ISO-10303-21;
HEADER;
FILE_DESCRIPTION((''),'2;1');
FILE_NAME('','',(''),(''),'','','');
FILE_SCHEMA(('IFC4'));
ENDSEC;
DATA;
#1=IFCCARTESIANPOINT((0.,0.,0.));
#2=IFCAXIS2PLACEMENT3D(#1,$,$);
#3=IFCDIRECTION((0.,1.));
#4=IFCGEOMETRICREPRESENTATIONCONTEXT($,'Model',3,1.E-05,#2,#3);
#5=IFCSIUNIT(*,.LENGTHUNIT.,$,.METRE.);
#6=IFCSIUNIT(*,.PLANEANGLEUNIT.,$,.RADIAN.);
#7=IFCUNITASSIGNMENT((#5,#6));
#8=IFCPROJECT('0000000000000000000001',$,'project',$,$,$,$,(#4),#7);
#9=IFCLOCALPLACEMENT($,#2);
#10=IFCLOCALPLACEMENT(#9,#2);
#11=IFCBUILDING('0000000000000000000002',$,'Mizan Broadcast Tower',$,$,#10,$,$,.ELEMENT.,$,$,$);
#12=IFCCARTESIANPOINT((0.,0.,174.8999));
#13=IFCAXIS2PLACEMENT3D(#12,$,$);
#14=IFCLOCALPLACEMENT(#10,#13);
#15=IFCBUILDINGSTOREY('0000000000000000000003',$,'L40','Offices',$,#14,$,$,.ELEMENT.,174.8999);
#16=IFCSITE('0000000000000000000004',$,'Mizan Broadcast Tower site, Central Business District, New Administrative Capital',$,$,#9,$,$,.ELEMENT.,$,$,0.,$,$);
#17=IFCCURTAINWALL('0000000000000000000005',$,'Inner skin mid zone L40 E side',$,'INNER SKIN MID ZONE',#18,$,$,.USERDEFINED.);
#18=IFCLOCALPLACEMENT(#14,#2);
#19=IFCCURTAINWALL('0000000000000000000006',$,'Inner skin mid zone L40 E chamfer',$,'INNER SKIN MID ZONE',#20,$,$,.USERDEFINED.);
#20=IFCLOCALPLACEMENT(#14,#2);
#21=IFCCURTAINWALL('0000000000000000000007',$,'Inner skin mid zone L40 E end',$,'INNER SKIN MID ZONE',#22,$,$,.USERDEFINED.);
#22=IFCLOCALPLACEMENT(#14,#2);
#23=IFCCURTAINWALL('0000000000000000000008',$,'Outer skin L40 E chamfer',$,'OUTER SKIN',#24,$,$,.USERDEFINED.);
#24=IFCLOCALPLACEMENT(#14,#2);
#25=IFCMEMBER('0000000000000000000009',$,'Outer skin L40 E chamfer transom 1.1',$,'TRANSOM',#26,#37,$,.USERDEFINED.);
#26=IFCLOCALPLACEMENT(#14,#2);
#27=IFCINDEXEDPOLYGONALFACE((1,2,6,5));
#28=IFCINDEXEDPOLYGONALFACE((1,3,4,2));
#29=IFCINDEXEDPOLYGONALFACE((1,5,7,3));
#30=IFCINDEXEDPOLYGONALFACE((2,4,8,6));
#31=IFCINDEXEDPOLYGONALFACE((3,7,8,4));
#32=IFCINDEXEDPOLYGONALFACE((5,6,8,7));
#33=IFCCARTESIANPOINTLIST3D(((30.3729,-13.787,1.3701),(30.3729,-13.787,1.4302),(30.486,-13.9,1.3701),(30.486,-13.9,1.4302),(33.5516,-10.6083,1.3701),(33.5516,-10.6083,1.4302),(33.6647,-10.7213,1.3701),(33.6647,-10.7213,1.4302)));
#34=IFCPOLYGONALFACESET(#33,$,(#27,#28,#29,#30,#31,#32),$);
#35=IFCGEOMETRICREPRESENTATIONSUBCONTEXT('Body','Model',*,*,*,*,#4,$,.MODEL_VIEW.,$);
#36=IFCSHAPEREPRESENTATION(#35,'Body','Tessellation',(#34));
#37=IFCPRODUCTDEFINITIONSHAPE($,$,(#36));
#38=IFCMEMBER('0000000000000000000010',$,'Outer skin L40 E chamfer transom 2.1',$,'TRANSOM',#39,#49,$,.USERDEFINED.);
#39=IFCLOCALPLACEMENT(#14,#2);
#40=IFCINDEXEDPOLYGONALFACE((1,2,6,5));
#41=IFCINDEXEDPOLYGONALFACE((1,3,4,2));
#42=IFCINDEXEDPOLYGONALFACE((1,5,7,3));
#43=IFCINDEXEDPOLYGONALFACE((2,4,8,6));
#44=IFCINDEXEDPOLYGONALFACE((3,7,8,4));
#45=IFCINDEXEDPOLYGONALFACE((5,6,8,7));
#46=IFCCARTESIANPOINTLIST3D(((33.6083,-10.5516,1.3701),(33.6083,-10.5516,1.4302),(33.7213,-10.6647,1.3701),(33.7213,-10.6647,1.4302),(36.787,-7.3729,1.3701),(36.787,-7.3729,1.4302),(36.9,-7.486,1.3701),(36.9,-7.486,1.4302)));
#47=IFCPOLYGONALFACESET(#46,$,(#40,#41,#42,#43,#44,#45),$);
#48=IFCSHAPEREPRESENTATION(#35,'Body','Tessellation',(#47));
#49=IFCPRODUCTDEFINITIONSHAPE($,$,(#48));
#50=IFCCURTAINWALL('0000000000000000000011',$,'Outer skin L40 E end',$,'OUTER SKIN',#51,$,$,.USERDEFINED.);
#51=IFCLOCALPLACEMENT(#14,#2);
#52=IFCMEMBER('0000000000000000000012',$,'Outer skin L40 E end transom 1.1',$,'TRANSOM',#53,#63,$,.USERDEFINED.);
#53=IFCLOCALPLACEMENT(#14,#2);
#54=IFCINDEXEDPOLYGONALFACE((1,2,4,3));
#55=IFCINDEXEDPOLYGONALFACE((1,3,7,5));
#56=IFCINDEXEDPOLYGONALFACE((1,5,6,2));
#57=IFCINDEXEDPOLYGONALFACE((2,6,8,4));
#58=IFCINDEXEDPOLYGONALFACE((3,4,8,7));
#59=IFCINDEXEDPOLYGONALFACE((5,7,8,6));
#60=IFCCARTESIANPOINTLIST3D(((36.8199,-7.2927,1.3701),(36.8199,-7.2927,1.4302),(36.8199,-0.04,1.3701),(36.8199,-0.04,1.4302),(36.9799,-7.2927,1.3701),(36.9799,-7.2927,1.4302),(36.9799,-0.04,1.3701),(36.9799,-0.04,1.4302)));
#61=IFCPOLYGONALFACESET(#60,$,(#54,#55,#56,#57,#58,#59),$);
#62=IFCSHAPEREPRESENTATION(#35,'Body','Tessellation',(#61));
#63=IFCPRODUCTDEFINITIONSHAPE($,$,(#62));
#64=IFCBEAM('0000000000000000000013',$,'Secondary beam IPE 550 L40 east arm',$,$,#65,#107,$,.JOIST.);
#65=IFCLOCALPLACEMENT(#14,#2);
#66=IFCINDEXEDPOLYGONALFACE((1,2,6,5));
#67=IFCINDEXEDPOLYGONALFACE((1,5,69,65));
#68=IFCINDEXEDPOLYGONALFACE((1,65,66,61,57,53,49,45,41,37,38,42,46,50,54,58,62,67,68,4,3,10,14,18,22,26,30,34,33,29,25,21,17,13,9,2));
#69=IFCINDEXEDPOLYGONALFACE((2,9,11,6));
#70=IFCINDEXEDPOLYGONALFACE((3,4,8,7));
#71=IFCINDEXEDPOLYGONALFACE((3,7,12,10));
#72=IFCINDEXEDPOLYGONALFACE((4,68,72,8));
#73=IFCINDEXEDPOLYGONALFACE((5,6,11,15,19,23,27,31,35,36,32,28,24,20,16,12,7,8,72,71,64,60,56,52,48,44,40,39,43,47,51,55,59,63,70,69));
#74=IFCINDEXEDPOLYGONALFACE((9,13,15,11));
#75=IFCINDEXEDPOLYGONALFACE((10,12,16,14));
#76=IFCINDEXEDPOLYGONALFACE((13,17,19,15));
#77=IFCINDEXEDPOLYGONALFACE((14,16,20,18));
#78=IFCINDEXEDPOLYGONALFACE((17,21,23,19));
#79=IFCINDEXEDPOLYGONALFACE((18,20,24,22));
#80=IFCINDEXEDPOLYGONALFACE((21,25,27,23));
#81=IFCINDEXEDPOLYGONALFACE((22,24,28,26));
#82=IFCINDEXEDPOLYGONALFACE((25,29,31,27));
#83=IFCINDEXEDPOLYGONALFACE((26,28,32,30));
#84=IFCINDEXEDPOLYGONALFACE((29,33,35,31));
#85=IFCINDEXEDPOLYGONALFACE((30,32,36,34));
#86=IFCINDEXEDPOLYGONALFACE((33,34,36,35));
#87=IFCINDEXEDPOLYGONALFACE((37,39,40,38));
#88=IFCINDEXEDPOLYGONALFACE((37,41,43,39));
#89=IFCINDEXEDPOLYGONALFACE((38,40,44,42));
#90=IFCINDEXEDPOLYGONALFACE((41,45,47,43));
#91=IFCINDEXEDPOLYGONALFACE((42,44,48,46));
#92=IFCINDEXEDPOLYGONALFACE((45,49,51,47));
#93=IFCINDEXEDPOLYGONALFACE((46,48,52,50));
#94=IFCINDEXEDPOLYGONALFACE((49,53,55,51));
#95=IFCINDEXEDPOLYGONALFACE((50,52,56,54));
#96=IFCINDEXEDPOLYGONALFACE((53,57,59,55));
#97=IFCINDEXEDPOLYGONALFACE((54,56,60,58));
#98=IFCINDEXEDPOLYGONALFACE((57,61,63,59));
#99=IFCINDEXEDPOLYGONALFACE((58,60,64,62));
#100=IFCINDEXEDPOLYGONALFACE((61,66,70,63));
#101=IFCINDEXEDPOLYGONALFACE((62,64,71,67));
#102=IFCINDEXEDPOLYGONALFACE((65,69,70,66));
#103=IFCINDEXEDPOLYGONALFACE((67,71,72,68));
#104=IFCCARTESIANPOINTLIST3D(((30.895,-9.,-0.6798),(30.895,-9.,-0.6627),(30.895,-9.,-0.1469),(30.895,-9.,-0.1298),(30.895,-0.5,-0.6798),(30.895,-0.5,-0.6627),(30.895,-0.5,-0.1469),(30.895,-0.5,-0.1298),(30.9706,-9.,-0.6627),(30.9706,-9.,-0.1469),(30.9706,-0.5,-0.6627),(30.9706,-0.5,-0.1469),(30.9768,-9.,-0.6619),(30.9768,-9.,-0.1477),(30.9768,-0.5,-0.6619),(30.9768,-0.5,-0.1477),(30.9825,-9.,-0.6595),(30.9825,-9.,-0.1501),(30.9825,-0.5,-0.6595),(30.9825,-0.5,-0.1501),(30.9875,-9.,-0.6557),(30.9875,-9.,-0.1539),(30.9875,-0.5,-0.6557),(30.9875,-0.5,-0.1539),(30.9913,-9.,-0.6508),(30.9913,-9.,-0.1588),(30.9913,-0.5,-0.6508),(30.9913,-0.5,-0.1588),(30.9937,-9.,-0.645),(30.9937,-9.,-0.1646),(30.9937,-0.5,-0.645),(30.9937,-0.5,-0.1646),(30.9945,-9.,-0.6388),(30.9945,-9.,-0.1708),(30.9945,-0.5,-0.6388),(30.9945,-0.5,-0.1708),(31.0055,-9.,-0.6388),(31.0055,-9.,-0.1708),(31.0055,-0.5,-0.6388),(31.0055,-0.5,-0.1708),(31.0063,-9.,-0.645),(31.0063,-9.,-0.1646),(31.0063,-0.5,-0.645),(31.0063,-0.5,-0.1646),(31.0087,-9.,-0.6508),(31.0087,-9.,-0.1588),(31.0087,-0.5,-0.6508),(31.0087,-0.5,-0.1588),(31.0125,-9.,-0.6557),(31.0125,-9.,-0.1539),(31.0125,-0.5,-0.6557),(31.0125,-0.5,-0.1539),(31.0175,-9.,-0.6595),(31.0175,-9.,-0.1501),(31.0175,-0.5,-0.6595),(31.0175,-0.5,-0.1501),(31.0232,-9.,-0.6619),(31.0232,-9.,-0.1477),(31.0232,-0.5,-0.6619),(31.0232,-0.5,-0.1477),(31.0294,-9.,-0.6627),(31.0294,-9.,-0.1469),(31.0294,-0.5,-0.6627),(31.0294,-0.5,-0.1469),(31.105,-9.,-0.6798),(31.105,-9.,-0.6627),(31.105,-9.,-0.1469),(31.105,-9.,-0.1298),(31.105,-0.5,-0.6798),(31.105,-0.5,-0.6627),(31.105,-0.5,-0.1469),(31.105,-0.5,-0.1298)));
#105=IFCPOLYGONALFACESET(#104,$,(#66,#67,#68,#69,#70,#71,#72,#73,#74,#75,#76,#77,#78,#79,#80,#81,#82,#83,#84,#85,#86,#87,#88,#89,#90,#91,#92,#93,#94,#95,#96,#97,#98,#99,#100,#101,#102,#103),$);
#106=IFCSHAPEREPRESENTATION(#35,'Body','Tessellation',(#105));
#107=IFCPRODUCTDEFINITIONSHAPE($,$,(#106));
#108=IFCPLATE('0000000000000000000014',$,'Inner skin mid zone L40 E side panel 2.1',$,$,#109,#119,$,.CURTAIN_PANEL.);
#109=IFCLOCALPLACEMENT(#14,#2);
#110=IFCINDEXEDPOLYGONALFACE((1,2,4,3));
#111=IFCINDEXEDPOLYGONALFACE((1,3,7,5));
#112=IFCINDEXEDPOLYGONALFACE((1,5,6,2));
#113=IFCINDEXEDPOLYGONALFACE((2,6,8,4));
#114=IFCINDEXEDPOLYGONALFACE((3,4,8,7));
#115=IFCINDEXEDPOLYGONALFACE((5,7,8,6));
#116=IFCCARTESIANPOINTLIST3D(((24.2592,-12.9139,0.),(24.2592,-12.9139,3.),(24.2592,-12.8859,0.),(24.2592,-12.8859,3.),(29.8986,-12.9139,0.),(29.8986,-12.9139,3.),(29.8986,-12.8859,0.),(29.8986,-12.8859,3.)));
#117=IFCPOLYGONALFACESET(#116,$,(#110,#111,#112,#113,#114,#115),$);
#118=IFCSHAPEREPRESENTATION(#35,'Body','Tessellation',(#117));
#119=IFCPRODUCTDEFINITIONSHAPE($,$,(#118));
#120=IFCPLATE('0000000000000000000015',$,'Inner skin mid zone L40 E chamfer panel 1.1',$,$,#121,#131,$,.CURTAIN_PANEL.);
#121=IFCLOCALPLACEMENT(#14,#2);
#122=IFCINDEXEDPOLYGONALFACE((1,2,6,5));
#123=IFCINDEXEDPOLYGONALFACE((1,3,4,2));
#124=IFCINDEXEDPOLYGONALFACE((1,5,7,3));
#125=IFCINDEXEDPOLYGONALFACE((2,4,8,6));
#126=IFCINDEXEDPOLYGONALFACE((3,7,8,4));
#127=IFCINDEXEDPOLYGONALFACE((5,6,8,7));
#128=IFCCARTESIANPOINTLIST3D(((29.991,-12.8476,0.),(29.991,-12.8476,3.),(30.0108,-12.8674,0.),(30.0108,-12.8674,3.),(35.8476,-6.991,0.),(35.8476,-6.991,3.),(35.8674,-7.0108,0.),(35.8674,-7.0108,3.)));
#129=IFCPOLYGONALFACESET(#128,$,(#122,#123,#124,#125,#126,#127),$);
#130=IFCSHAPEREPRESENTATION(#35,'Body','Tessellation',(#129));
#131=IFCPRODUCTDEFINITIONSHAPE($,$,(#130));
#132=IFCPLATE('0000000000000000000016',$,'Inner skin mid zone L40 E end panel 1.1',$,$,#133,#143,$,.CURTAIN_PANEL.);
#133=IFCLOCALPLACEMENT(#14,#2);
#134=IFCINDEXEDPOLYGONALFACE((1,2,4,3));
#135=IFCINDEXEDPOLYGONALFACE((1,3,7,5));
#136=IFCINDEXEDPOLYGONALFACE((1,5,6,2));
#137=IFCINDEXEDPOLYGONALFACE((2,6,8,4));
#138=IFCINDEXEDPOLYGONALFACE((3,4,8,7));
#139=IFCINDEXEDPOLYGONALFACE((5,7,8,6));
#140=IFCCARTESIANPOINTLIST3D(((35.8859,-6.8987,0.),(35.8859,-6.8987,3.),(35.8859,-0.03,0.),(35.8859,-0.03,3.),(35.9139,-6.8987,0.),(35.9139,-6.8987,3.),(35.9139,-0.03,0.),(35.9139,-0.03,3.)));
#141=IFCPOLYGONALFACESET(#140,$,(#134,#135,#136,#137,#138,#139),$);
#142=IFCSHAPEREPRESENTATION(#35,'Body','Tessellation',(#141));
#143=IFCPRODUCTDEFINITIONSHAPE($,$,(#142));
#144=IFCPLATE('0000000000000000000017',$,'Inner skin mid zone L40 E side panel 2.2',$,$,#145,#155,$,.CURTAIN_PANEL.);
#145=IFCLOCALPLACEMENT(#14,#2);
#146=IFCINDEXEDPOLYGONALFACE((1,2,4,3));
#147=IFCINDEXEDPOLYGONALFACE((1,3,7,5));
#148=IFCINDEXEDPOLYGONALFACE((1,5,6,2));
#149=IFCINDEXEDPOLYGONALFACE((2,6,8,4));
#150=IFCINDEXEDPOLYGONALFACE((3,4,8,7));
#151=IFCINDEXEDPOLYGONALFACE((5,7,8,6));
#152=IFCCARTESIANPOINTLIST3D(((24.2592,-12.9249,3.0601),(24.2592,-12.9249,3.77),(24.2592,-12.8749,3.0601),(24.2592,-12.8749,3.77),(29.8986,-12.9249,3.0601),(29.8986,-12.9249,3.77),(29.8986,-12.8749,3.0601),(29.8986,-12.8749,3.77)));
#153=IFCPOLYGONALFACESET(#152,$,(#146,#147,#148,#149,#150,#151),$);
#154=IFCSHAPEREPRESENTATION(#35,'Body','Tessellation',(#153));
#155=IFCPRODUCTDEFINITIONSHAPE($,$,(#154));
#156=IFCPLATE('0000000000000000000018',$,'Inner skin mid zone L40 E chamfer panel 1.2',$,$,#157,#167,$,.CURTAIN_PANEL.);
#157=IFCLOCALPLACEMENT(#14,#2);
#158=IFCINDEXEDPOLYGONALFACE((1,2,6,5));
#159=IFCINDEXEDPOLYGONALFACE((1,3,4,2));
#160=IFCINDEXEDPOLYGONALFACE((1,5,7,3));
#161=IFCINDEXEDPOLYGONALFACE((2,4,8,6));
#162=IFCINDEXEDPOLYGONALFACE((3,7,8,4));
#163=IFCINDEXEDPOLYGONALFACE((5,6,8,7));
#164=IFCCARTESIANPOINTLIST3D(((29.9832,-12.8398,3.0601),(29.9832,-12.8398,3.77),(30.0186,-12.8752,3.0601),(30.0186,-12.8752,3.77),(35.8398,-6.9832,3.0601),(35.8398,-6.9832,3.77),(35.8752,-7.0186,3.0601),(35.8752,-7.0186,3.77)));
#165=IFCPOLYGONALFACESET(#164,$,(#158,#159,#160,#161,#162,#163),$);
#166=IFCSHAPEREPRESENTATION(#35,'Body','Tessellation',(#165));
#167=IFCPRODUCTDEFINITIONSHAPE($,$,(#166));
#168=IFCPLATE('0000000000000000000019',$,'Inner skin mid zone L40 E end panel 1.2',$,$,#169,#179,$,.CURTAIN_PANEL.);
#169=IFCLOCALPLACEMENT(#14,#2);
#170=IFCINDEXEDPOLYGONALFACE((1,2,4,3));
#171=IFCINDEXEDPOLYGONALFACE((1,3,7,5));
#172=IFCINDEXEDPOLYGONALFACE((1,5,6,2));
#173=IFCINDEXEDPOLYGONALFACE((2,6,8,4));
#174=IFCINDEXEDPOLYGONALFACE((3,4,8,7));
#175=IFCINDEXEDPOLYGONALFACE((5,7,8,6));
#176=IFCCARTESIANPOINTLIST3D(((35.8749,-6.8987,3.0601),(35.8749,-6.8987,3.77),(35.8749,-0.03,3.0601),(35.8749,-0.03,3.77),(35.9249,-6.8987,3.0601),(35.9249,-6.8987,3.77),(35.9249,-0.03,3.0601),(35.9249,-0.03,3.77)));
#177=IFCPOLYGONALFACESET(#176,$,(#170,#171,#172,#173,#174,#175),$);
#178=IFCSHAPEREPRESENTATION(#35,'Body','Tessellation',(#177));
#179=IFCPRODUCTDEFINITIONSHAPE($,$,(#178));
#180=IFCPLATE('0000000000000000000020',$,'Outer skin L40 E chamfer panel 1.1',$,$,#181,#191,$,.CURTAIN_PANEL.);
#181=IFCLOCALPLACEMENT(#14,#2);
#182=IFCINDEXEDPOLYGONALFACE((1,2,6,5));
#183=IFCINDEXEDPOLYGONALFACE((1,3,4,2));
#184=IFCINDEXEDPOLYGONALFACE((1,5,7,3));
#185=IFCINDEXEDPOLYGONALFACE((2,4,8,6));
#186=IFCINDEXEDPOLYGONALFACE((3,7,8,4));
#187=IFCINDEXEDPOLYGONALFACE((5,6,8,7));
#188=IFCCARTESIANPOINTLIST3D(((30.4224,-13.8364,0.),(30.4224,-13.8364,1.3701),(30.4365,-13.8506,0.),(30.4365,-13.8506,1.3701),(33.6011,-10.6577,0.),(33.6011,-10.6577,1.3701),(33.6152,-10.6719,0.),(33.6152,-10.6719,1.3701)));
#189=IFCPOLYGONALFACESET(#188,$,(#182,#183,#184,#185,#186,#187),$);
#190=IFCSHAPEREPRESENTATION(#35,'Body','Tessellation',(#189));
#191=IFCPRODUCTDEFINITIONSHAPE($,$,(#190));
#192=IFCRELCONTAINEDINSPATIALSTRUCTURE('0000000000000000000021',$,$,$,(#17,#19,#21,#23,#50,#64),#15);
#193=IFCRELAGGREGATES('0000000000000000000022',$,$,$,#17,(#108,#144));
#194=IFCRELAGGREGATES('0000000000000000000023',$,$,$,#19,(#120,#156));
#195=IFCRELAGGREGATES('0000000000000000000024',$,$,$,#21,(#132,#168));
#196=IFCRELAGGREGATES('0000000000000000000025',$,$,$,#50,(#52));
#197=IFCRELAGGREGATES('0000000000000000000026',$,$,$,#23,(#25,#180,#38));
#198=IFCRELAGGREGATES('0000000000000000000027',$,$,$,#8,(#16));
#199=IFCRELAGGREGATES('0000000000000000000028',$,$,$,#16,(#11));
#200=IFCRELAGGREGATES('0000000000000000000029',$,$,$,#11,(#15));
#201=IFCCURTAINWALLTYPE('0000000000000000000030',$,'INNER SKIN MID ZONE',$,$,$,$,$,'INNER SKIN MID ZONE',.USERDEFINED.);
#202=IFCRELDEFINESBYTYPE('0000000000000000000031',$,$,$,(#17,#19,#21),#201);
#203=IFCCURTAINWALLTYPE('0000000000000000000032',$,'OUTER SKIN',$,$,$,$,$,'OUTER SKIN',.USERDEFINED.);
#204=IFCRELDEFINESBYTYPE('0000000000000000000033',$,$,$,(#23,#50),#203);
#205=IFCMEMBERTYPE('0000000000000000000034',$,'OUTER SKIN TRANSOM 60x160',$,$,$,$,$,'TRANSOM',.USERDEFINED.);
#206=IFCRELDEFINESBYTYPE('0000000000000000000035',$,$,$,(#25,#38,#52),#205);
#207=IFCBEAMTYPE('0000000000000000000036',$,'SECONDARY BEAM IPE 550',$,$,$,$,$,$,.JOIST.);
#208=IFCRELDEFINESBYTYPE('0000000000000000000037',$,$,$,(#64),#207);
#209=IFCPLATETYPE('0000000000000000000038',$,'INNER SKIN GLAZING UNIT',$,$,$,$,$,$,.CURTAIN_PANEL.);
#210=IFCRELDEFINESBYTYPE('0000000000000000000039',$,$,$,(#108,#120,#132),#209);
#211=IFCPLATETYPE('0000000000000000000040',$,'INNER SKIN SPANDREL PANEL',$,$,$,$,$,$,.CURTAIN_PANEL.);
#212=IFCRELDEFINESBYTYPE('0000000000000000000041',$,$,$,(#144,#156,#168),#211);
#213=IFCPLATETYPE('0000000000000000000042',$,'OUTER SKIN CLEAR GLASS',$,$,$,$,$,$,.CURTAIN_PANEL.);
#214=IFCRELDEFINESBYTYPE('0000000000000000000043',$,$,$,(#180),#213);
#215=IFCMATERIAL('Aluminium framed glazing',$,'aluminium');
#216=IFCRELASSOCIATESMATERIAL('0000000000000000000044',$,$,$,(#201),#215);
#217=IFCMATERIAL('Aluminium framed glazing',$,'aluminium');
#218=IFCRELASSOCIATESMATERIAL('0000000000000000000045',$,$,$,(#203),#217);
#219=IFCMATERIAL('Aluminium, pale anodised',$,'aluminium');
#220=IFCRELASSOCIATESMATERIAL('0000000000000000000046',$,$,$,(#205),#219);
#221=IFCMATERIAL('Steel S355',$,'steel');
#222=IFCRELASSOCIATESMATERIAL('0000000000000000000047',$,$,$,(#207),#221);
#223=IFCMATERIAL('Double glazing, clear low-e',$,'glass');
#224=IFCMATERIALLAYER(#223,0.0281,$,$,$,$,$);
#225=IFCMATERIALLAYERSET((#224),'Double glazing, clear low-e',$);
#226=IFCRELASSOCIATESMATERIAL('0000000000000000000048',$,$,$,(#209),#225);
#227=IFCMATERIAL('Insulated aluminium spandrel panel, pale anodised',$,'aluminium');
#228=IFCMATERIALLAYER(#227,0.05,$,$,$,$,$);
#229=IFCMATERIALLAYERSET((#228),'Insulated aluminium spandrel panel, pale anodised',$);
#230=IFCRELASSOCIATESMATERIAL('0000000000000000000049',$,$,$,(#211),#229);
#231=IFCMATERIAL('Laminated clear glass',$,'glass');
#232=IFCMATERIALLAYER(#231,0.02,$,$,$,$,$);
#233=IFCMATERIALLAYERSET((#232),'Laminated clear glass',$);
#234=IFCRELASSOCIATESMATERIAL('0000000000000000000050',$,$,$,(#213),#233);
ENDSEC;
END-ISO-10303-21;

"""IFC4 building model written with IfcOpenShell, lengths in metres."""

from ifc_helpers import new_model, si_unit, direction, frame, origin, origin_2d, place, context, subcontext, project, spatial, rectangle, i_section, extrude, material, layer, layer_set, material_profile, profile_set, type_object, element, aggregate, save


model = new_model("IFC4")

# Units and contexts
model_context = context("Model", 3, precision=1e-05, world=origin(), true_north=direction((0.0, 1.0)))
body_context = subcontext(model_context, "Body", "Model", "MODEL_VIEW")
ifc_project = project(units=[si_unit("LENGTHUNIT", "METRE"), si_unit("PLANEANGLEUNIT", "RADIAN")], contexts=[model_context])

# Site, building, storey
site_placement = place(None, origin())
site = spatial("IfcSite", under=ifc_project, at=site_placement, Name="Mizan Broadcast Tower site, Central Business District, New Administrative Capital", CompositionType="ELEMENT", RefElevation=0.0)
building_placement = place(site_placement, origin())
building = spatial("IfcBuilding", under=site, at=building_placement, Name="Mizan Broadcast Tower", CompositionType="ELEMENT")
storey_placement = place(building_placement, frame((0.0, 0.0, 174.8999)))
storey = spatial("IfcBuildingStorey", under=building, at=storey_placement, Name="L40", Description="Offices", CompositionType="ELEMENT", Elevation=174.8999)

# Curtain wall
ifc_material_1 = material(Name="Aluminium framed glazing", Category="aluminium")
curtain_wall_type_1 = type_object("IfcCurtainWallType", Name="INNER SKIN MID ZONE", ElementType="INNER SKIN MID ZONE", PredefinedType="USERDEFINED", material=ifc_material_1)
curtain_wall_1_placement = place(storey_placement, origin())
curtain_wall_1 = element("IfcCurtainWall", 1, at=curtain_wall_1_placement, inside=storey, type_object=curtain_wall_type_1, Name="Inner skin mid zone L40 E side", ObjectType="INNER SKIN MID ZONE", PredefinedType="USERDEFINED")

# Curtain wall
curtain_wall_2_placement = place(storey_placement, origin())
curtain_wall_2 = element("IfcCurtainWall", 2, at=curtain_wall_2_placement, inside=storey, type_object=curtain_wall_type_1, Name="Inner skin mid zone L40 E chamfer", ObjectType="INNER SKIN MID ZONE", PredefinedType="USERDEFINED")

# Curtain wall
curtain_wall_3_placement = place(storey_placement, origin())
curtain_wall_3 = element("IfcCurtainWall", 3, at=curtain_wall_3_placement, inside=storey, type_object=curtain_wall_type_1, Name="Inner skin mid zone L40 E end", ObjectType="INNER SKIN MID ZONE", PredefinedType="USERDEFINED")

# Curtain wall
ifc_material_2 = material(Name="Aluminium framed glazing", Category="aluminium")
curtain_wall_type_2 = type_object("IfcCurtainWallType", Name="OUTER SKIN", ElementType="OUTER SKIN", PredefinedType="USERDEFINED", material=ifc_material_2)
curtain_wall_4_placement = place(storey_placement, origin())
curtain_wall_4 = element("IfcCurtainWall", 4, at=curtain_wall_4_placement, inside=storey, type_object=curtain_wall_type_2, Name="Outer skin L40 E chamfer", ObjectType="OUTER SKIN", PredefinedType="USERDEFINED")

# Members
ifc_material_3 = material(Name="Aluminium, pale anodised", Category="aluminium")
ifc_material_profile_1 = material_profile(ifc_material_3, rectangle(XDim=0.1599, YDim=0.0601, at=origin_2d()), Name="TRANSOM 160x60")
ifc_profile_set_1 = profile_set([ifc_material_profile_1], Name="Aluminium, pale anodised")
member_type_1 = type_object("IfcMemberType", Name="OUTER SKIN TRANSOM 60x160", ElementType="TRANSOM", PredefinedType="USERDEFINED", material=ifc_profile_set_1)
member_1_placement = place(storey_placement, frame((30.4294, -13.8435, 1.4001), z_axis=(0.707107, 0.707107, 0.0), x_axis=(-0.707107, 0.707107, 0.0)))
member_1 = element("IfcMember", 5, at=member_1_placement, type_object=member_type_1, Name="Outer skin L40 E chamfer transom 1.1", ObjectType="TRANSOM", PredefinedType="USERDEFINED", context=body_context, shape_type="SweptSolid", body=[
    extrude(rectangle(XDim=0.1599, YDim=0.0601, at=origin_2d()), origin(), (0.0, 0.0, 1.0), 4.4954),
])
member_2_placement = place(storey_placement, frame((33.6648, -10.6082, 1.4001), z_axis=(0.707107, 0.707107, 0.0), x_axis=(-0.707107, 0.707107, 0.0)))
member_2 = element("IfcMember", 6, at=member_2_placement, type_object=member_type_1, Name="Outer skin L40 E chamfer transom 2.1", ObjectType="TRANSOM", PredefinedType="USERDEFINED", context=body_context, shape_type="SweptSolid", body=[
    extrude(rectangle(XDim=0.1599, YDim=0.0601, at=origin_2d()), origin(), (0.0, 0.0, 1.0), 4.4954),
])

# Curtain wall, member
curtain_wall_5_placement = place(storey_placement, origin())
curtain_wall_5 = element("IfcCurtainWall", 7, at=curtain_wall_5_placement, inside=storey, type_object=curtain_wall_type_2, Name="Outer skin L40 E end", ObjectType="OUTER SKIN", PredefinedType="USERDEFINED")
member_3_placement = place(storey_placement, frame((36.8999, -7.2927, 1.4001), z_axis=(0.0, 1.0, 0.0), x_axis=(-1.0, 0.0, 0.0)))
member_3 = element("IfcMember", 8, at=member_3_placement, type_object=member_type_1, Name="Outer skin L40 E end transom 1.1", ObjectType="TRANSOM", PredefinedType="USERDEFINED", context=body_context, shape_type="SweptSolid", body=[
    extrude(rectangle(XDim=0.1599, YDim=0.0601, at=origin_2d()), origin(), (0.0, 0.0, 1.0), 7.2527),
])

# Beam
ifc_material_4 = material(Name="Steel S355", Category="steel")
ifc_material_profile_2 = material_profile(ifc_material_4, i_section(OverallWidth=0.21, OverallDepth=0.55, WebThickness=0.011, FlangeThickness=0.0171, FilletRadius=0.0239, at=origin_2d()), Name="IPE 550")
ifc_profile_set_2 = profile_set([ifc_material_profile_2], Name="Steel S355")
beam_type_1 = type_object("IfcBeamType", Name="SECONDARY BEAM IPE 550", PredefinedType="JOIST", material=ifc_profile_set_2)
beam_1_placement = place(storey_placement, frame((31.0, -9.0, -0.4048), z_axis=(0.0, 1.0, 0.0), x_axis=(-1.0, 0.0, 0.0)))
element("IfcBeam", 9, at=beam_1_placement, inside=storey, type_object=beam_type_1, Name="Secondary beam IPE 550 L40 east arm", PredefinedType="JOIST", context=body_context, shape_type="SweptSolid", body=[
    extrude(i_section(OverallWidth=0.21, OverallDepth=0.55, WebThickness=0.011, FlangeThickness=0.0171, FilletRadius=0.0239, at=origin_2d()), origin(), (0.0, 0.0, 1.0), 8.5),
])

# Plates
ifc_material_5 = material(Name="Double glazing, clear low-e", Category="glass")
ifc_layer_1 = layer(ifc_material_5, 0.0281)
ifc_layer_set_1 = layer_set([ifc_layer_1], Name="Double glazing, clear low-e")
plate_type_1 = type_object("IfcPlateType", Name="INNER SKIN GLAZING UNIT", PredefinedType="CURTAIN_PANEL", material=ifc_layer_set_1)
plate_1_placement = place(storey_placement, frame((27.0789, -12.8999, 0.0), z_axis=(0.0, 0.0, 1.0), x_axis=(1.0, 0.0, 0.0)))
plate_1 = element("IfcPlate", 10, at=plate_1_placement, type_object=plate_type_1, Name="Inner skin mid zone L40 E side panel 2.1", PredefinedType="CURTAIN_PANEL", context=body_context, shape_type="SweptSolid", body=[
    extrude(rectangle(XDim=5.6394, YDim=0.0281, at=origin_2d()), origin(), (0.0, 0.0, 1.0), 3.0),
])
plate_2_placement = place(storey_placement, frame((32.9292, -9.9292, 0.0), z_axis=(0.0, 0.0, 1.0), x_axis=(0.707107, 0.707107, 0.0)))
plate_2 = element("IfcPlate", 11, at=plate_2_placement, type_object=plate_type_1, Name="Inner skin mid zone L40 E chamfer panel 1.1", PredefinedType="CURTAIN_PANEL", context=body_context, shape_type="SweptSolid", body=[
    extrude(rectangle(XDim=8.2825, YDim=0.0281, at=origin_2d()), origin(), (0.0, 0.0, 1.0), 3.0),
])
plate_3_placement = place(storey_placement, frame((35.8999, -3.4644, 0.0), z_axis=(0.0, 0.0, 1.0), x_axis=(0.0, 1.0, 0.0)))
plate_3 = element("IfcPlate", 12, at=plate_3_placement, type_object=plate_type_1, Name="Inner skin mid zone L40 E end panel 1.1", PredefinedType="CURTAIN_PANEL", context=body_context, shape_type="SweptSolid", body=[
    extrude(rectangle(XDim=6.8687, YDim=0.0281, at=origin_2d()), origin(), (0.0, 0.0, 1.0), 3.0),
])
ifc_material_6 = material(Name="Insulated aluminium spandrel panel, pale anodised", Category="aluminium")
ifc_layer_2 = layer(ifc_material_6, 0.05)
ifc_layer_set_2 = layer_set([ifc_layer_2], Name="Insulated aluminium spandrel panel, pale anodised")
plate_type_2 = type_object("IfcPlateType", Name="INNER SKIN SPANDREL PANEL", PredefinedType="CURTAIN_PANEL", material=ifc_layer_set_2)
plate_4_placement = place(storey_placement, frame((27.0789, -12.8999, 3.0601), z_axis=(0.0, 0.0, 1.0), x_axis=(1.0, 0.0, 0.0)))
plate_4 = element("IfcPlate", 13, at=plate_4_placement, type_object=plate_type_2, Name="Inner skin mid zone L40 E side panel 2.2", PredefinedType="CURTAIN_PANEL", context=body_context, shape_type="SweptSolid", body=[
    extrude(rectangle(XDim=5.6394, YDim=0.05, at=origin_2d()), origin(), (0.0, 0.0, 1.0), 0.71),
])
aggregate(curtain_wall_1, [plate_1, plate_4])
plate_5_placement = place(storey_placement, frame((32.9292, -9.9292, 3.0601), z_axis=(0.0, 0.0, 1.0), x_axis=(0.707107, 0.707107, 0.0)))
plate_5 = element("IfcPlate", 14, at=plate_5_placement, type_object=plate_type_2, Name="Inner skin mid zone L40 E chamfer panel 1.2", PredefinedType="CURTAIN_PANEL", context=body_context, shape_type="SweptSolid", body=[
    extrude(rectangle(XDim=8.2825, YDim=0.05, at=origin_2d()), origin(), (0.0, 0.0, 1.0), 0.71),
])
aggregate(curtain_wall_2, [plate_2, plate_5])
plate_6_placement = place(storey_placement, frame((35.8999, -3.4644, 3.0601), z_axis=(0.0, 0.0, 1.0), x_axis=(0.0, 1.0, 0.0)))
plate_6 = element("IfcPlate", 15, at=plate_6_placement, type_object=plate_type_2, Name="Inner skin mid zone L40 E end panel 1.2", PredefinedType="CURTAIN_PANEL", context=body_context, shape_type="SweptSolid", body=[
    extrude(rectangle(XDim=6.8687, YDim=0.05, at=origin_2d()), origin(), (0.0, 0.0, 1.0), 0.71),
])
aggregate(curtain_wall_3, [plate_3, plate_6])
ifc_material_7 = material(Name="Laminated clear glass", Category="glass")
ifc_layer_3 = layer(ifc_material_7, 0.02)
ifc_layer_set_3 = layer_set([ifc_layer_3], Name="Laminated clear glass")
plate_type_3 = type_object("IfcPlateType", Name="OUTER SKIN CLEAR GLASS", PredefinedType="CURTAIN_PANEL", material=ifc_layer_set_3)
plate_7_placement = place(storey_placement, frame((32.0188, -12.2542, 0.0), z_axis=(0.0, 0.0, 1.0), x_axis=(0.707107, 0.707107, 0.0)))
plate_7 = element("IfcPlate", 16, at=plate_7_placement, type_object=plate_type_3, Name="Outer skin L40 E chamfer panel 1.1", PredefinedType="CURTAIN_PANEL", context=body_context, shape_type="SweptSolid", body=[
    extrude(rectangle(XDim=4.4954, YDim=0.02, at=origin_2d()), origin(), (0.0, 0.0, 1.0), 1.3701),
])
aggregate(curtain_wall_5, [member_3])
aggregate(curtain_wall_4, [member_1, plate_7, member_2])

save(model, "model.ifc")
